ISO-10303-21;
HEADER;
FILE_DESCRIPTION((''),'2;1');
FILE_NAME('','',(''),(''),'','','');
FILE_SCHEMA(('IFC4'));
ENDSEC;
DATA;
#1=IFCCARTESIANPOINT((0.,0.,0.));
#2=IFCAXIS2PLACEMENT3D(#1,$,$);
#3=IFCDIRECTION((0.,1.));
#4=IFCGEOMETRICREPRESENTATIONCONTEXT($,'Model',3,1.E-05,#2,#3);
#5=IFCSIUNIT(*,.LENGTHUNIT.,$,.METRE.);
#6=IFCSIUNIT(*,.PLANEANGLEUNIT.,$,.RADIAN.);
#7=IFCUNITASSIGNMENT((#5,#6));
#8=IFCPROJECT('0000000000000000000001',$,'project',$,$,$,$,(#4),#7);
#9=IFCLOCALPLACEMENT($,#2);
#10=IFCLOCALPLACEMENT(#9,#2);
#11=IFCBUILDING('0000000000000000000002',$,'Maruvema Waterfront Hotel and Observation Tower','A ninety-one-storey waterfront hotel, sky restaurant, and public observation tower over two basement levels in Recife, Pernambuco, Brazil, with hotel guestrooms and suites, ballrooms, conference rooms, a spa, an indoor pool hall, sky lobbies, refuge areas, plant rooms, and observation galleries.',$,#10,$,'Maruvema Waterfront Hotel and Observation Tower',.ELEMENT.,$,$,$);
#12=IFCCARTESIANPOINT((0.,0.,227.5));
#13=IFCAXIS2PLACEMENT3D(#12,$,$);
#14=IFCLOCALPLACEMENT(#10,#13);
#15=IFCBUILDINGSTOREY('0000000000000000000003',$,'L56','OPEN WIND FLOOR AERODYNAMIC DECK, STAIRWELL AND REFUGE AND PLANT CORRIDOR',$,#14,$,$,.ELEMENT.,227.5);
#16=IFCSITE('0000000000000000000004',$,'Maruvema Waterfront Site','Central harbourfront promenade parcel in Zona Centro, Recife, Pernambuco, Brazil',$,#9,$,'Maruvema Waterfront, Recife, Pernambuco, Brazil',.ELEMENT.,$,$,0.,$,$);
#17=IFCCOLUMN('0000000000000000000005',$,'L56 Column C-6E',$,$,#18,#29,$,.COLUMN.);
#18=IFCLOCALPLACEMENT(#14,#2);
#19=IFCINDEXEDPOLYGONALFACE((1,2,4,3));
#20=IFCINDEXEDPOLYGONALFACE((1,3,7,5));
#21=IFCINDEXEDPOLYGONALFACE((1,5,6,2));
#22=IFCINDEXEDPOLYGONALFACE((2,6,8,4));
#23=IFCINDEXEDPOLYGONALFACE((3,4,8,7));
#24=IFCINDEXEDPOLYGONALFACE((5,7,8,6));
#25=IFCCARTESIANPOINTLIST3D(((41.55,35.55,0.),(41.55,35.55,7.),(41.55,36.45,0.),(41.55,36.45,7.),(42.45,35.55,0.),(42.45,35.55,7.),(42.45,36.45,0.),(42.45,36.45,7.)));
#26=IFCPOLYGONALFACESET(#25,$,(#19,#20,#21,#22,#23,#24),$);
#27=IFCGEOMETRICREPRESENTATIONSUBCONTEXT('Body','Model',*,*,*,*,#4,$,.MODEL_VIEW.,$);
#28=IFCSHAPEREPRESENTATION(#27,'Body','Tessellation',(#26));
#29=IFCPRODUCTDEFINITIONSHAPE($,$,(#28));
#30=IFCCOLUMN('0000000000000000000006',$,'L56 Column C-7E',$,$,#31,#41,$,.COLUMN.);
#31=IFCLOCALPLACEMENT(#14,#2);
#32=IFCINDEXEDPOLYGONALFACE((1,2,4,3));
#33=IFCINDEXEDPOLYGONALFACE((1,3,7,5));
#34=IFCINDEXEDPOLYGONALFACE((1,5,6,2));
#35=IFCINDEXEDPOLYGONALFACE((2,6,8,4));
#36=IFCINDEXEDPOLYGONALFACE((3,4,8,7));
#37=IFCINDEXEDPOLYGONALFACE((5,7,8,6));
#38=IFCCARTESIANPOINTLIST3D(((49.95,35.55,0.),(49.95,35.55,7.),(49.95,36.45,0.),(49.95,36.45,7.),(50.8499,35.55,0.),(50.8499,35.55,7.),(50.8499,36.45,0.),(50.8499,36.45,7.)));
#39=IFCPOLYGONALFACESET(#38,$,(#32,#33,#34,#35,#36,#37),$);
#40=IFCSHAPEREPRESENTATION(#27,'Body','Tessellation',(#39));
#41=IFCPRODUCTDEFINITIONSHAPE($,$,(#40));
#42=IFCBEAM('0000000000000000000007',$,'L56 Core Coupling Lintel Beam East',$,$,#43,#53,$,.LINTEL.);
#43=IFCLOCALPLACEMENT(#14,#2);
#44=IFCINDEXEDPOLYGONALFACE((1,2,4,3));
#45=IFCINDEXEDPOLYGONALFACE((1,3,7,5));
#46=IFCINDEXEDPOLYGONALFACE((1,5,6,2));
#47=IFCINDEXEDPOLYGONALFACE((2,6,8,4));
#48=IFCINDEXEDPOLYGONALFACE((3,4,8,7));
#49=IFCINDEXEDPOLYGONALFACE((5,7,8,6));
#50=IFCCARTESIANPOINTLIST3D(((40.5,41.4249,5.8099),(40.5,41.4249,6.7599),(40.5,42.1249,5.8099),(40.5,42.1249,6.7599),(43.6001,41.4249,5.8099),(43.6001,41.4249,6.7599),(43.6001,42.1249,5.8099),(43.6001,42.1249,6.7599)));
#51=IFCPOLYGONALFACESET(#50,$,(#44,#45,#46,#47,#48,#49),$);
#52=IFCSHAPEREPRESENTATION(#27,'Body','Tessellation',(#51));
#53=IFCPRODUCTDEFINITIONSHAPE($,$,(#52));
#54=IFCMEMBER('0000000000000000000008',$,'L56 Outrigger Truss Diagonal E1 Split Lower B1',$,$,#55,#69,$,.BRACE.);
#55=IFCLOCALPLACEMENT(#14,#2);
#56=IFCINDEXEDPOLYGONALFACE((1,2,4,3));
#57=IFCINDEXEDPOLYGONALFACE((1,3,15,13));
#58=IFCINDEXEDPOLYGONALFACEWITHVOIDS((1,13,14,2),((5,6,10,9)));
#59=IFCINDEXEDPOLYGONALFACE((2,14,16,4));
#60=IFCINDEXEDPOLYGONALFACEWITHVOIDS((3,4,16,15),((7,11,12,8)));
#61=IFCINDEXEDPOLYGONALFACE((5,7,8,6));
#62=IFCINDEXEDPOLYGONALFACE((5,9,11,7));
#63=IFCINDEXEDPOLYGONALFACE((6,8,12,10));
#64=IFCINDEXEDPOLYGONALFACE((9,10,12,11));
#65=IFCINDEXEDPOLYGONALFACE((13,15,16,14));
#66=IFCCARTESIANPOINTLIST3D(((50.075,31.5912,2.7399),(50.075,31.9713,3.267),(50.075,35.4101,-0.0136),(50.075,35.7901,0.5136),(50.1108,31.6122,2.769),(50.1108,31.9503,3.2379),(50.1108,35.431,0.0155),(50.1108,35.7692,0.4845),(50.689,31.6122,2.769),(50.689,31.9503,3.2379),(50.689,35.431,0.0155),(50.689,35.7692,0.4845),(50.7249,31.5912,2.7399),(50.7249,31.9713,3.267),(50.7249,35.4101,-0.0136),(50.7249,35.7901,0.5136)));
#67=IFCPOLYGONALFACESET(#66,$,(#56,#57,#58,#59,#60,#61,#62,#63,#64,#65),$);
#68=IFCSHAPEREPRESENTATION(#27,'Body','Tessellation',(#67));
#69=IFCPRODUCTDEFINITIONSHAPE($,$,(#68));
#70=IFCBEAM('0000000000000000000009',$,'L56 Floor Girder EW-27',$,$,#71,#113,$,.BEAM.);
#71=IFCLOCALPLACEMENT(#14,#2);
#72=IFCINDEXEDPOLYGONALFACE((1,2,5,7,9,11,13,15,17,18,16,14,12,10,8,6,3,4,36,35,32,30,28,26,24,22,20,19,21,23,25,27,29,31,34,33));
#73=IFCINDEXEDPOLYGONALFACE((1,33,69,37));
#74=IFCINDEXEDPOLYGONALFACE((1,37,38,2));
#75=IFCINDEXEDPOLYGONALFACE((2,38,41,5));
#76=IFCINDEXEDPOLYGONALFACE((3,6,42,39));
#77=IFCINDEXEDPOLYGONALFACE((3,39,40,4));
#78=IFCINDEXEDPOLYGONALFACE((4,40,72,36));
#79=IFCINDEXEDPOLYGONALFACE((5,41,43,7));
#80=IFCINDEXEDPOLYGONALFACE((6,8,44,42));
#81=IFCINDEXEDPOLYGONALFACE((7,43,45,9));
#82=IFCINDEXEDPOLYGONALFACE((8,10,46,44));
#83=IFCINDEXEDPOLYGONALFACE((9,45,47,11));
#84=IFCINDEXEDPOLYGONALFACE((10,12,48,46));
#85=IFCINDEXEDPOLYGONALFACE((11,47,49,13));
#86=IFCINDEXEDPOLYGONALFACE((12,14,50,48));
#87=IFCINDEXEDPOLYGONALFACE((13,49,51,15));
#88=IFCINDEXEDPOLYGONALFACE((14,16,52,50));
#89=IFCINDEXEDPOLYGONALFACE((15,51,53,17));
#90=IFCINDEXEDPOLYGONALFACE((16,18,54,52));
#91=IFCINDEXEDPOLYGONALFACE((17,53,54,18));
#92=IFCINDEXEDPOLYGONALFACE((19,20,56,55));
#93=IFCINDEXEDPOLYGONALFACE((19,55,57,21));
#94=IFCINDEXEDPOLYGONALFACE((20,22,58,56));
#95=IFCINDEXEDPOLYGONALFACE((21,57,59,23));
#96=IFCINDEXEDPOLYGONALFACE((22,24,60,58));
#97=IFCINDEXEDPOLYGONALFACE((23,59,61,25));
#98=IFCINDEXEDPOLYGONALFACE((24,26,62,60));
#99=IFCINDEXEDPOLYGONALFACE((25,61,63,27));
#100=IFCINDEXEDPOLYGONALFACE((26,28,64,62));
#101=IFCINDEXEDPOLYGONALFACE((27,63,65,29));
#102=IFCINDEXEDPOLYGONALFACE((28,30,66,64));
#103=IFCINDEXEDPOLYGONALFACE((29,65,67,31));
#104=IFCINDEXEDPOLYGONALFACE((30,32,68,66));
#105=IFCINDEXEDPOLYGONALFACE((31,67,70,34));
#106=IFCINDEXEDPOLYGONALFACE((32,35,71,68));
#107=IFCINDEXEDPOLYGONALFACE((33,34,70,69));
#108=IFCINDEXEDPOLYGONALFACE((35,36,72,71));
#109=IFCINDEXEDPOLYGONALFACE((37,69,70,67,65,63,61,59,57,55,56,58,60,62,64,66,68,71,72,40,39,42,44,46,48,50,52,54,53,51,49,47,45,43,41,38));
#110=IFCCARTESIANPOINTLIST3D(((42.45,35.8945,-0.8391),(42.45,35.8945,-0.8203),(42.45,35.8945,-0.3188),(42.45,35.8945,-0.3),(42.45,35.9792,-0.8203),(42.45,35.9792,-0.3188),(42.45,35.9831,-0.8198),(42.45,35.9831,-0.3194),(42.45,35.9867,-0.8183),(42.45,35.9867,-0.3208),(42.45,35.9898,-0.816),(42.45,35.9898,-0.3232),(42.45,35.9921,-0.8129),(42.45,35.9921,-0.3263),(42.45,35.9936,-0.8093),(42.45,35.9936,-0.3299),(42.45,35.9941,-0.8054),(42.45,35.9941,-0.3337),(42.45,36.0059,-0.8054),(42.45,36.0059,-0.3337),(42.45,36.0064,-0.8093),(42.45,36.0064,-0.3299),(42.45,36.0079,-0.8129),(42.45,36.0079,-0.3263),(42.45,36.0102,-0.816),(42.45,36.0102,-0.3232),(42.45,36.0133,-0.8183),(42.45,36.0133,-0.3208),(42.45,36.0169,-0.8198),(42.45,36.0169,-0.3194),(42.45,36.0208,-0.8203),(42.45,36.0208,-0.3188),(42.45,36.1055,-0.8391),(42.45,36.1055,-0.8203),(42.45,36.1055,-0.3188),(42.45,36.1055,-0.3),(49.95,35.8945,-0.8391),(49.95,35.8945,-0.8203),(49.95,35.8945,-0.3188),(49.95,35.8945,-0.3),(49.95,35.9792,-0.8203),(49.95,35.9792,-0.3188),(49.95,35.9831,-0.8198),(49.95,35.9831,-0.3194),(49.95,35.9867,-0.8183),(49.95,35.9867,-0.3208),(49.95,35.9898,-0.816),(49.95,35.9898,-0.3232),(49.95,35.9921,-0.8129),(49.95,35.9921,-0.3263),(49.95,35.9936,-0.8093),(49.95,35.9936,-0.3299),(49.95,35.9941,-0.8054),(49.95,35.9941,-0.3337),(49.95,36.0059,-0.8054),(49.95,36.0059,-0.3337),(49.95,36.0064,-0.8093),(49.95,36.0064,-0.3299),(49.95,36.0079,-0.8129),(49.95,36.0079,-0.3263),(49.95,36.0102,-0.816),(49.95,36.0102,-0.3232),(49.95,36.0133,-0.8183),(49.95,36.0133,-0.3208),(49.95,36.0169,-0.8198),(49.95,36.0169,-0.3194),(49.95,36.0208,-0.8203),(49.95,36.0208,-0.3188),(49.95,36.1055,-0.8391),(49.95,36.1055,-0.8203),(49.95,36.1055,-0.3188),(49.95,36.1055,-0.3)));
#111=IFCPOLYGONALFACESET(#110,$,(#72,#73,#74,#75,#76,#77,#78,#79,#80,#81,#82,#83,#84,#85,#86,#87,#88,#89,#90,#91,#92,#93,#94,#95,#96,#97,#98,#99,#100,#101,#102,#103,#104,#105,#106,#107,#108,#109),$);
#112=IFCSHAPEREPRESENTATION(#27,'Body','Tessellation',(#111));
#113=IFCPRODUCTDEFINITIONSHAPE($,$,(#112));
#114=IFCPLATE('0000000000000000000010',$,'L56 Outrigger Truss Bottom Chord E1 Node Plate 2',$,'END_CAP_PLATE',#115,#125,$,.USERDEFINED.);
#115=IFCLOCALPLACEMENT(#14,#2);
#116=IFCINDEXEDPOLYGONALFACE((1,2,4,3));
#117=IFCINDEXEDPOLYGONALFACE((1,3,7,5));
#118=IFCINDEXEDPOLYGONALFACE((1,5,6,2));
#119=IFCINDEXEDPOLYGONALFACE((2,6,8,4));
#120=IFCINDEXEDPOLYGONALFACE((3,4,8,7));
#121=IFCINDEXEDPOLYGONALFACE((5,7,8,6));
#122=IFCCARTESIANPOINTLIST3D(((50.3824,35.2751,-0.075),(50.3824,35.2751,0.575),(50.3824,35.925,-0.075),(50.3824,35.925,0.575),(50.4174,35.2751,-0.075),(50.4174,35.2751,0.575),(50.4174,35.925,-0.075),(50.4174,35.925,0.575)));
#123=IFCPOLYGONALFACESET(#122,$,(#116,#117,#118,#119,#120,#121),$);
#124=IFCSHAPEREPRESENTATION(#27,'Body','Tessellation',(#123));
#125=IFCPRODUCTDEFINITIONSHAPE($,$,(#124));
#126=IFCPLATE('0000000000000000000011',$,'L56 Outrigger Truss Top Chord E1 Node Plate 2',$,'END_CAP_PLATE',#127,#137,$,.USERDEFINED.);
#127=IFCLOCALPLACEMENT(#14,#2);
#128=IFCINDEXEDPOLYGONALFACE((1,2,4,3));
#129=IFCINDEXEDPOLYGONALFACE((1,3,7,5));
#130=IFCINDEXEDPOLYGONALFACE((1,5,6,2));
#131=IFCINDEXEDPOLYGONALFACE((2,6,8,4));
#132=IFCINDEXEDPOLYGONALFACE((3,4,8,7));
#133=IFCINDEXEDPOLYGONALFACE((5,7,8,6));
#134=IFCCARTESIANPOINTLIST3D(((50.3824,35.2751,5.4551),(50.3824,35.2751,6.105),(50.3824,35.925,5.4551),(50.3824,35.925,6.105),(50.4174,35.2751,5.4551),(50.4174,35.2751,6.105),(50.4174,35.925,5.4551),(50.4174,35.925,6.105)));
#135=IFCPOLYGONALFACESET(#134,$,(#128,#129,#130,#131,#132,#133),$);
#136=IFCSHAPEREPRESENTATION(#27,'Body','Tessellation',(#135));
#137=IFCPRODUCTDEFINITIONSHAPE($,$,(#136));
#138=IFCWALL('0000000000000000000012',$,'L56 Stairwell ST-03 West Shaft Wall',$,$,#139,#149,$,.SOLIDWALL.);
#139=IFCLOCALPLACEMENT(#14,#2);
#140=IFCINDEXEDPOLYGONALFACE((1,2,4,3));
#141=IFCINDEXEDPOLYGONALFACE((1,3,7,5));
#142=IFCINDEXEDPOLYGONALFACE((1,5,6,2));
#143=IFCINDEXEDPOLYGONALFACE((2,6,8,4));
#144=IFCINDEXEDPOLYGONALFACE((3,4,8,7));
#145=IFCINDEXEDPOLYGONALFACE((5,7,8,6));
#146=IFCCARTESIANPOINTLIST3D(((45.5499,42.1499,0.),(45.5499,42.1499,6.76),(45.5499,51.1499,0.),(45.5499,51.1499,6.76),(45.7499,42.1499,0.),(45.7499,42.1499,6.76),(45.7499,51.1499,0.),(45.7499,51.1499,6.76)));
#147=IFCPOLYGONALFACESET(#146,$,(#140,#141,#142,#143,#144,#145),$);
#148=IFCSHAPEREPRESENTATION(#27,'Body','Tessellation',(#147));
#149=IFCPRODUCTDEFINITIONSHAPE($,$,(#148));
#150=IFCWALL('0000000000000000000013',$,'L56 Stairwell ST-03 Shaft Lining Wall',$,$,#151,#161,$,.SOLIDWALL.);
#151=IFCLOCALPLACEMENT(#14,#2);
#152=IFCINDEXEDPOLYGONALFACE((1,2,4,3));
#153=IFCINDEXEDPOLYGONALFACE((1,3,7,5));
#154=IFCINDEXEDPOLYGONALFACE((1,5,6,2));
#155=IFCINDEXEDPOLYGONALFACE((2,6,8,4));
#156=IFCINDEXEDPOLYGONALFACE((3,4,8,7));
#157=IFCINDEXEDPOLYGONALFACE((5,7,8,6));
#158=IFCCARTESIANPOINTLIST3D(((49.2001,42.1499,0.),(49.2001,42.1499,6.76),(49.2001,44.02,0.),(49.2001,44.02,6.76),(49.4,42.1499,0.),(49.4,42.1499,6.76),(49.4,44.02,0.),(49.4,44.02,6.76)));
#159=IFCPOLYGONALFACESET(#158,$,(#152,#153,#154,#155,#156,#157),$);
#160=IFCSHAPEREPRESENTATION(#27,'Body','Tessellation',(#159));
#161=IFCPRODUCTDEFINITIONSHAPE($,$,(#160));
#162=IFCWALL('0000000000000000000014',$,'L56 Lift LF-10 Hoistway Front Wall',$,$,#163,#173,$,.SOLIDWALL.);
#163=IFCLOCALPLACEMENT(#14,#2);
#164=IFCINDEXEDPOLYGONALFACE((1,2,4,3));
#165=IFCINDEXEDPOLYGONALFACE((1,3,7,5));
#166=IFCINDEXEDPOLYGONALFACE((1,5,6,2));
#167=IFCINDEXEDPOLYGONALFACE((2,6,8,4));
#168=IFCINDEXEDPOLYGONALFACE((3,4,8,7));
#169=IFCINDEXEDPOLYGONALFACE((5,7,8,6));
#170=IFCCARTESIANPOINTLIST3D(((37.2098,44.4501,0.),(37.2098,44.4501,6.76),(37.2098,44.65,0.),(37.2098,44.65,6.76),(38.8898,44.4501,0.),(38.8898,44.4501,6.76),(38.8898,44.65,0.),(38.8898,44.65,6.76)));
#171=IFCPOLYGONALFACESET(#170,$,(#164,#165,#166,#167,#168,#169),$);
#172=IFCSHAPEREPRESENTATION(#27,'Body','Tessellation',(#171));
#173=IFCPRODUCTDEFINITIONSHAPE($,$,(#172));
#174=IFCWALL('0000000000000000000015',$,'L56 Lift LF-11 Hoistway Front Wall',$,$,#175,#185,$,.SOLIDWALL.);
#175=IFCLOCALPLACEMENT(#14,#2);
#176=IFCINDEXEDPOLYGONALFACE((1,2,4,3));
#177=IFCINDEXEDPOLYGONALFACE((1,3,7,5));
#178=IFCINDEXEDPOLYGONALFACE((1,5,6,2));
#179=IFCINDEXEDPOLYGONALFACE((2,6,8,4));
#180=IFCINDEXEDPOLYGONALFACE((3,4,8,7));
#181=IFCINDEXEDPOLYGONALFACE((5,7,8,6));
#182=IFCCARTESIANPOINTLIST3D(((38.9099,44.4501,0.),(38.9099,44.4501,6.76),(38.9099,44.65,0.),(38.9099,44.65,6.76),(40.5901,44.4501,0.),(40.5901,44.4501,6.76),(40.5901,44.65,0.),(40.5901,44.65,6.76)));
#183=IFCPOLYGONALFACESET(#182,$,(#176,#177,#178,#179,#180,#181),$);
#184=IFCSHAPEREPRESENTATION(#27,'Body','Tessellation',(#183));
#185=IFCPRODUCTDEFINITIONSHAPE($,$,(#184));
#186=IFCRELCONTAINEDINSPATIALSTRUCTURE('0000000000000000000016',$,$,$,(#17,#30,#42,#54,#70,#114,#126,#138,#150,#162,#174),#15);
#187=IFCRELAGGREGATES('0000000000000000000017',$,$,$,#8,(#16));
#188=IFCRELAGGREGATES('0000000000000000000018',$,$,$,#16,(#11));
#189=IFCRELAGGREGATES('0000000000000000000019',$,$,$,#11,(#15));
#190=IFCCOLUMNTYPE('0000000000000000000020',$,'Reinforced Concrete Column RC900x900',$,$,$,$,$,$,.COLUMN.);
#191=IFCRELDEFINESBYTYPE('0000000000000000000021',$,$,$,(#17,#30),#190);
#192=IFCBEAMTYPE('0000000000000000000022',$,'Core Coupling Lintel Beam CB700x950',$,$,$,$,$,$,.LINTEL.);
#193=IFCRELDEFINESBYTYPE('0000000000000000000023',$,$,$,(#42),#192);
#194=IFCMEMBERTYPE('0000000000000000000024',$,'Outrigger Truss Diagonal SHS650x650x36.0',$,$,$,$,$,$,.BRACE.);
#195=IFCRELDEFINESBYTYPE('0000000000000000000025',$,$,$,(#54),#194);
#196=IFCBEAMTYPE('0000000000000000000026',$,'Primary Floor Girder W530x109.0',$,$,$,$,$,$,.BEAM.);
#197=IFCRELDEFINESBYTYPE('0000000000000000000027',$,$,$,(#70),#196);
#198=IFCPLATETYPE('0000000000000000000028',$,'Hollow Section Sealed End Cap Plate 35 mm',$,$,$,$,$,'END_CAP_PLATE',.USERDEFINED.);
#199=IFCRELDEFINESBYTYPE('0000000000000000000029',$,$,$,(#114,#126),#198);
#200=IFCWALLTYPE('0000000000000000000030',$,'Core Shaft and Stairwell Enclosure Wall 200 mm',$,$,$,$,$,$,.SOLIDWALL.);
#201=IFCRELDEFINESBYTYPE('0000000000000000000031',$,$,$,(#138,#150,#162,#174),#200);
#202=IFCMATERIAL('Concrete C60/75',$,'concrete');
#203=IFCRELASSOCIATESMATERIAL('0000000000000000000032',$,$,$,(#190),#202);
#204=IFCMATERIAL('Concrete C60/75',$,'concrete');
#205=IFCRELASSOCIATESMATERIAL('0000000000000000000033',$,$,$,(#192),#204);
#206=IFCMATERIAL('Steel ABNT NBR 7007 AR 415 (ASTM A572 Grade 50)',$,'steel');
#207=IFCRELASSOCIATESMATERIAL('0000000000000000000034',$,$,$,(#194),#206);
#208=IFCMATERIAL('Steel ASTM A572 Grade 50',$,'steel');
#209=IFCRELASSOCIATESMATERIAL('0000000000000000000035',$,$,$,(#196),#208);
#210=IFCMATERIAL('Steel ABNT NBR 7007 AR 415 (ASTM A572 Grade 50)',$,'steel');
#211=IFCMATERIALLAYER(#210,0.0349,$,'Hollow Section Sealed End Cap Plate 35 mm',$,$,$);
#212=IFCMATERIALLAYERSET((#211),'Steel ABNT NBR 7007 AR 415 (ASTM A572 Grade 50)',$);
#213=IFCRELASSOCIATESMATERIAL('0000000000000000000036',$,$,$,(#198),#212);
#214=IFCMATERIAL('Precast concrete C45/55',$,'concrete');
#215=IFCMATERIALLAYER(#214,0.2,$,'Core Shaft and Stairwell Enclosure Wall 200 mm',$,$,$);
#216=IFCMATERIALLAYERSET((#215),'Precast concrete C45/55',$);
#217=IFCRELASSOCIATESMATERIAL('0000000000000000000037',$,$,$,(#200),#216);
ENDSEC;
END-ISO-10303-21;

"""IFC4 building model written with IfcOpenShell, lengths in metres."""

from ifc_helpers import new_model, si_unit, direction, frame, frame_2d, origin, origin_2d, place, context, subcontext, project, spatial, rectangle, hollow_rectangle, i_section, extrude, material, layer, layer_set, material_profile, profile_set, type_object, element, save


model = new_model("IFC4")

# Units and contexts
model_context = context("Model", 3, precision=1e-05, world=origin(), true_north=direction((0.0, 1.0)))
body_context = subcontext(model_context, "Body", "Model", "MODEL_VIEW")
ifc_project = project(units=[si_unit("LENGTHUNIT", "METRE"), si_unit("PLANEANGLEUNIT", "RADIAN")], contexts=[model_context])

# Site, building, storey
site_placement = place(None, origin())
site = spatial("IfcSite", under=ifc_project, at=site_placement, Name="Maruvema Waterfront Site", Description="Central harbourfront promenade parcel in Zona Centro, Recife, Pernambuco, Brazil", LongName="Maruvema Waterfront, Recife, Pernambuco, Brazil", CompositionType="ELEMENT", RefElevation=0.0)
building_placement = place(site_placement, origin())
building = spatial("IfcBuilding", under=site, at=building_placement, Name="Maruvema Waterfront Hotel and Observation Tower", Description="A ninety-one-storey waterfront hotel, sky restaurant, and public observation tower over two basement levels in Recife, Pernambuco, Brazil, with hotel guestrooms and suites, ballrooms, conference rooms, a spa, an indoor pool hall, sky lobbies, refuge areas, plant rooms, and observation galleries.", LongName="Maruvema Waterfront Hotel and Observation Tower", CompositionType="ELEMENT")
storey_placement = place(building_placement, frame((0.0, 0.0, 227.5)))
storey = spatial("IfcBuildingStorey", under=building, at=storey_placement, Name="L56", Description="OPEN WIND FLOOR AERODYNAMIC DECK, STAIRWELL AND REFUGE AND PLANT CORRIDOR", CompositionType="ELEMENT", Elevation=227.5)

# Columns
ifc_material_1 = material(Name="Concrete C60/75", Category="concrete")
ifc_material_profile_1 = material_profile(ifc_material_1, rectangle(XDim=0.8999, YDim=0.8999, at=origin_2d()), Name="RC900x900")
ifc_profile_set_1 = profile_set([ifc_material_profile_1], Name="Concrete C60/75")
column_type = type_object("IfcColumnType", Name="Reinforced Concrete Column RC900x900", PredefinedType="COLUMN", material=ifc_profile_set_1)
for number, where, z_axis, x_axis, name in (
    (1, (42.0, 36.0, 0.0), (0.0, 0.0, 1.0), (1.0, 0.0, 0.0), "L56 Column C-6E"),
    (2, (50.3999, 36.0, 0.0), (0.0, 0.0, 1.0), (1.0, 0.0, 0.0), "L56 Column C-7E"),
):
    element("IfcColumn", number, at=place(storey_placement, frame(where, z_axis=z_axis, x_axis=x_axis)), inside=storey, type_object=column_type, Name=name, PredefinedType="COLUMN", context=body_context, shape_type="SweptSolid", body=[
        extrude(rectangle(XDim=0.8999, YDim=0.8999, at=origin_2d()), origin(), (0.0, 0.0, 1.0), 7.0),
    ])

# Beam
ifc_material_2 = material(Name="Concrete C60/75", Category="concrete")
ifc_material_profile_2 = material_profile(ifc_material_2, rectangle(XDim=0.7, YDim=0.95, at=origin_2d()), Name="CB700x950")
ifc_profile_set_2 = profile_set([ifc_material_profile_2], Name="Concrete C60/75")
beam_type_1 = type_object("IfcBeamType", Name="Core Coupling Lintel Beam CB700x950", PredefinedType="LINTEL", material=ifc_profile_set_2)
beam_1_placement = place(storey_placement, frame((40.5, 41.7749, 6.2849), z_axis=(1.0, 0.0, 0.0), x_axis=(0.0, 1.0, 0.0)))
element("IfcBeam", 3, at=beam_1_placement, inside=storey, type_object=beam_type_1, Name="L56 Core Coupling Lintel Beam East", PredefinedType="LINTEL", context=body_context, shape_type="SweptSolid", body=[
    extrude(rectangle(XDim=0.7, YDim=0.95, at=origin_2d()), origin(), (0.0, 0.0, 1.0), 3.1001),
])

# Member
ifc_material_3 = material(Name="Steel ABNT NBR 7007 AR 415 (ASTM A572 Grade 50)", Category="steel")
ifc_material_profile_3 = material_profile(ifc_material_3, hollow_rectangle(XDim=0.6499, YDim=0.6499, WallThickness=0.0359, at=origin_2d()), Name="SHS650x650x36.0")
ifc_profile_set_3 = profile_set([ifc_material_profile_3], Name="Steel ABNT NBR 7007 AR 415 (ASTM A572 Grade 50)")
member_type = type_object("IfcMemberType", Name="Outrigger Truss Diagonal SHS650x650x36.0", PredefinedType="BRACE", material=ifc_profile_set_3)
member_placement = place(storey_placement, frame((50.3999, 35.6001, 0.25), z_axis=(0.0, -0.811147, 0.584843), x_axis=(1.0, 0.0, 0.0)))
element("IfcMember", 4, at=member_placement, inside=storey, type_object=member_type, Name="L56 Outrigger Truss Diagonal E1 Split Lower B1", PredefinedType="BRACE", context=body_context, shape_type="SweptSolid", body=[
    extrude(hollow_rectangle(XDim=0.6499, YDim=0.6499, WallThickness=0.0359, at=origin_2d()), origin(), (0.0, 0.0, 1.0), 4.708),
])

# Beam
ifc_material_4 = material(Name="Steel ASTM A572 Grade 50", Category="steel")
ifc_material_profile_4 = material_profile(ifc_material_4, i_section(OverallWidth=0.2109, OverallDepth=0.5391, WebThickness=0.0117, FlangeThickness=0.0188, FilletRadius=0.0149, at=origin_2d()), Name="W530x109.0")
ifc_profile_set_4 = profile_set([ifc_material_profile_4], Name="Steel ASTM A572 Grade 50")
beam_type_2 = type_object("IfcBeamType", Name="Primary Floor Girder W530x109.0", PredefinedType="BEAM", material=ifc_profile_set_4)
beam_2_placement = place(storey_placement, frame((42.45, 36.0, -0.5696), z_axis=(1.0, 0.0, 0.0), x_axis=(0.0, 1.0, 0.0)))
element("IfcBeam", 5, at=beam_2_placement, inside=storey, type_object=beam_type_2, Name="L56 Floor Girder EW-27", PredefinedType="BEAM", context=body_context, shape_type="SweptSolid", body=[
    extrude(i_section(OverallWidth=0.2109, OverallDepth=0.5391, WebThickness=0.0117, FlangeThickness=0.0188, FilletRadius=0.0149, at=origin_2d()), origin(), (0.0, 0.0, 1.0), 7.5),
])

# Plates
ifc_material_5 = material(Name="Steel ABNT NBR 7007 AR 415 (ASTM A572 Grade 50)", Category="steel")
ifc_layer_1 = layer(ifc_material_5, 0.0349, Name="Hollow Section Sealed End Cap Plate 35 mm")
ifc_layer_set_1 = layer_set([ifc_layer_1], Name="Steel ABNT NBR 7007 AR 415 (ASTM A572 Grade 50)")
plate_type = type_object("IfcPlateType", Name="Hollow Section Sealed End Cap Plate 35 mm", ElementType="END_CAP_PLATE", PredefinedType="USERDEFINED", material=ifc_layer_set_1)
for number, where, z_axis, x_axis, name in (
    (6, (50.3999, 35.6001, -0.075), (0.0, 0.0, 1.0), (0.0, 1.0, 0.0), "L56 Outrigger Truss Bottom Chord E1 Node Plate 2"),
    (7, (50.3999, 35.6001, 5.4551), (0.0, 0.0, 1.0), (0.0, 1.0, 0.0), "L56 Outrigger Truss Top Chord E1 Node Plate 2"),
):
    element("IfcPlate", number, at=place(storey_placement, frame(where, z_axis=z_axis, x_axis=x_axis)), inside=storey, type_object=plate_type, Name=name, ObjectType="END_CAP_PLATE", PredefinedType="USERDEFINED", context=body_context, shape_type="SweptSolid", body=[
        extrude(rectangle(XDim=0.6499, YDim=0.0349, at=origin_2d()), origin(), (0.0, 0.0, 1.0), 0.6499),
    ])

# Walls
ifc_material_6 = material(Name="Precast concrete C45/55", Category="concrete")
ifc_layer_2 = layer(ifc_material_6, 0.2, Name="Core Shaft and Stairwell Enclosure Wall 200 mm")
ifc_layer_set_2 = layer_set([ifc_layer_2], Name="Precast concrete C45/55")
wall_type_1 = type_object("IfcWallType", Name="Core Shaft and Stairwell Enclosure Wall 200 mm", PredefinedType="SOLIDWALL", material=ifc_layer_set_2)
wall_1_placement = place(storey_placement, frame((45.6499, 42.1499, 0.0), z_axis=(0.0, 0.0, 1.0), x_axis=(0.0, 1.0, 0.0)))
element("IfcWall", 8, at=wall_1_placement, inside=storey, type_object=wall_type_1, Name="L56 Stairwell ST-03 West Shaft Wall", PredefinedType="SOLIDWALL", context=body_context, shape_type="SweptSolid", body=[
    extrude(rectangle(XDim=9.0, YDim=0.2, at=frame_2d((4.5, 0.0))), origin(), (0.0, 0.0, 1.0), 6.76),
])
wall_2_placement = place(storey_placement, frame((49.3, 42.1499, 0.0), z_axis=(0.0, 0.0, 1.0), x_axis=(0.0, 1.0, 0.0)))
element("IfcWall", 9, at=wall_2_placement, inside=storey, type_object=wall_type_1, Name="L56 Stairwell ST-03 Shaft Lining Wall", PredefinedType="SOLIDWALL", context=body_context, shape_type="SweptSolid", body=[
    extrude(rectangle(XDim=1.8701, YDim=0.2, at=frame_2d((0.9351, 0.0))), origin(), (0.0, 0.0, 1.0), 6.76),
])
wall_3_placement = place(storey_placement, frame((37.21, 44.55, 0.0), z_axis=(0.0, 0.0, 1.0), x_axis=(1.0, 0.0, 0.0)))
element("IfcWall", 10, at=wall_3_placement, inside=storey, type_object=wall_type_1, Name="L56 Lift LF-10 Hoistway Front Wall", PredefinedType="SOLIDWALL", context=body_context, shape_type="SweptSolid", body=[
    extrude(rectangle(XDim=1.6799, YDim=0.2, at=frame_2d((0.8398, 0.0))), origin(), (0.0, 0.0, 1.0), 6.76),
])
wall_4_placement = place(storey_placement, frame((38.9099, 44.55, 0.0), z_axis=(0.0, 0.0, 1.0), x_axis=(1.0, 0.0, 0.0)))
element("IfcWall", 11, at=wall_4_placement, inside=storey, type_object=wall_type_1, Name="L56 Lift LF-11 Hoistway Front Wall", PredefinedType="SOLIDWALL", context=body_context, shape_type="SweptSolid", body=[
    extrude(rectangle(XDim=1.6802, YDim=0.2, at=frame_2d((0.8401, 0.0))), origin(), (0.0, 0.0, 1.0), 6.76),
])

save(model, "model.ifc")
